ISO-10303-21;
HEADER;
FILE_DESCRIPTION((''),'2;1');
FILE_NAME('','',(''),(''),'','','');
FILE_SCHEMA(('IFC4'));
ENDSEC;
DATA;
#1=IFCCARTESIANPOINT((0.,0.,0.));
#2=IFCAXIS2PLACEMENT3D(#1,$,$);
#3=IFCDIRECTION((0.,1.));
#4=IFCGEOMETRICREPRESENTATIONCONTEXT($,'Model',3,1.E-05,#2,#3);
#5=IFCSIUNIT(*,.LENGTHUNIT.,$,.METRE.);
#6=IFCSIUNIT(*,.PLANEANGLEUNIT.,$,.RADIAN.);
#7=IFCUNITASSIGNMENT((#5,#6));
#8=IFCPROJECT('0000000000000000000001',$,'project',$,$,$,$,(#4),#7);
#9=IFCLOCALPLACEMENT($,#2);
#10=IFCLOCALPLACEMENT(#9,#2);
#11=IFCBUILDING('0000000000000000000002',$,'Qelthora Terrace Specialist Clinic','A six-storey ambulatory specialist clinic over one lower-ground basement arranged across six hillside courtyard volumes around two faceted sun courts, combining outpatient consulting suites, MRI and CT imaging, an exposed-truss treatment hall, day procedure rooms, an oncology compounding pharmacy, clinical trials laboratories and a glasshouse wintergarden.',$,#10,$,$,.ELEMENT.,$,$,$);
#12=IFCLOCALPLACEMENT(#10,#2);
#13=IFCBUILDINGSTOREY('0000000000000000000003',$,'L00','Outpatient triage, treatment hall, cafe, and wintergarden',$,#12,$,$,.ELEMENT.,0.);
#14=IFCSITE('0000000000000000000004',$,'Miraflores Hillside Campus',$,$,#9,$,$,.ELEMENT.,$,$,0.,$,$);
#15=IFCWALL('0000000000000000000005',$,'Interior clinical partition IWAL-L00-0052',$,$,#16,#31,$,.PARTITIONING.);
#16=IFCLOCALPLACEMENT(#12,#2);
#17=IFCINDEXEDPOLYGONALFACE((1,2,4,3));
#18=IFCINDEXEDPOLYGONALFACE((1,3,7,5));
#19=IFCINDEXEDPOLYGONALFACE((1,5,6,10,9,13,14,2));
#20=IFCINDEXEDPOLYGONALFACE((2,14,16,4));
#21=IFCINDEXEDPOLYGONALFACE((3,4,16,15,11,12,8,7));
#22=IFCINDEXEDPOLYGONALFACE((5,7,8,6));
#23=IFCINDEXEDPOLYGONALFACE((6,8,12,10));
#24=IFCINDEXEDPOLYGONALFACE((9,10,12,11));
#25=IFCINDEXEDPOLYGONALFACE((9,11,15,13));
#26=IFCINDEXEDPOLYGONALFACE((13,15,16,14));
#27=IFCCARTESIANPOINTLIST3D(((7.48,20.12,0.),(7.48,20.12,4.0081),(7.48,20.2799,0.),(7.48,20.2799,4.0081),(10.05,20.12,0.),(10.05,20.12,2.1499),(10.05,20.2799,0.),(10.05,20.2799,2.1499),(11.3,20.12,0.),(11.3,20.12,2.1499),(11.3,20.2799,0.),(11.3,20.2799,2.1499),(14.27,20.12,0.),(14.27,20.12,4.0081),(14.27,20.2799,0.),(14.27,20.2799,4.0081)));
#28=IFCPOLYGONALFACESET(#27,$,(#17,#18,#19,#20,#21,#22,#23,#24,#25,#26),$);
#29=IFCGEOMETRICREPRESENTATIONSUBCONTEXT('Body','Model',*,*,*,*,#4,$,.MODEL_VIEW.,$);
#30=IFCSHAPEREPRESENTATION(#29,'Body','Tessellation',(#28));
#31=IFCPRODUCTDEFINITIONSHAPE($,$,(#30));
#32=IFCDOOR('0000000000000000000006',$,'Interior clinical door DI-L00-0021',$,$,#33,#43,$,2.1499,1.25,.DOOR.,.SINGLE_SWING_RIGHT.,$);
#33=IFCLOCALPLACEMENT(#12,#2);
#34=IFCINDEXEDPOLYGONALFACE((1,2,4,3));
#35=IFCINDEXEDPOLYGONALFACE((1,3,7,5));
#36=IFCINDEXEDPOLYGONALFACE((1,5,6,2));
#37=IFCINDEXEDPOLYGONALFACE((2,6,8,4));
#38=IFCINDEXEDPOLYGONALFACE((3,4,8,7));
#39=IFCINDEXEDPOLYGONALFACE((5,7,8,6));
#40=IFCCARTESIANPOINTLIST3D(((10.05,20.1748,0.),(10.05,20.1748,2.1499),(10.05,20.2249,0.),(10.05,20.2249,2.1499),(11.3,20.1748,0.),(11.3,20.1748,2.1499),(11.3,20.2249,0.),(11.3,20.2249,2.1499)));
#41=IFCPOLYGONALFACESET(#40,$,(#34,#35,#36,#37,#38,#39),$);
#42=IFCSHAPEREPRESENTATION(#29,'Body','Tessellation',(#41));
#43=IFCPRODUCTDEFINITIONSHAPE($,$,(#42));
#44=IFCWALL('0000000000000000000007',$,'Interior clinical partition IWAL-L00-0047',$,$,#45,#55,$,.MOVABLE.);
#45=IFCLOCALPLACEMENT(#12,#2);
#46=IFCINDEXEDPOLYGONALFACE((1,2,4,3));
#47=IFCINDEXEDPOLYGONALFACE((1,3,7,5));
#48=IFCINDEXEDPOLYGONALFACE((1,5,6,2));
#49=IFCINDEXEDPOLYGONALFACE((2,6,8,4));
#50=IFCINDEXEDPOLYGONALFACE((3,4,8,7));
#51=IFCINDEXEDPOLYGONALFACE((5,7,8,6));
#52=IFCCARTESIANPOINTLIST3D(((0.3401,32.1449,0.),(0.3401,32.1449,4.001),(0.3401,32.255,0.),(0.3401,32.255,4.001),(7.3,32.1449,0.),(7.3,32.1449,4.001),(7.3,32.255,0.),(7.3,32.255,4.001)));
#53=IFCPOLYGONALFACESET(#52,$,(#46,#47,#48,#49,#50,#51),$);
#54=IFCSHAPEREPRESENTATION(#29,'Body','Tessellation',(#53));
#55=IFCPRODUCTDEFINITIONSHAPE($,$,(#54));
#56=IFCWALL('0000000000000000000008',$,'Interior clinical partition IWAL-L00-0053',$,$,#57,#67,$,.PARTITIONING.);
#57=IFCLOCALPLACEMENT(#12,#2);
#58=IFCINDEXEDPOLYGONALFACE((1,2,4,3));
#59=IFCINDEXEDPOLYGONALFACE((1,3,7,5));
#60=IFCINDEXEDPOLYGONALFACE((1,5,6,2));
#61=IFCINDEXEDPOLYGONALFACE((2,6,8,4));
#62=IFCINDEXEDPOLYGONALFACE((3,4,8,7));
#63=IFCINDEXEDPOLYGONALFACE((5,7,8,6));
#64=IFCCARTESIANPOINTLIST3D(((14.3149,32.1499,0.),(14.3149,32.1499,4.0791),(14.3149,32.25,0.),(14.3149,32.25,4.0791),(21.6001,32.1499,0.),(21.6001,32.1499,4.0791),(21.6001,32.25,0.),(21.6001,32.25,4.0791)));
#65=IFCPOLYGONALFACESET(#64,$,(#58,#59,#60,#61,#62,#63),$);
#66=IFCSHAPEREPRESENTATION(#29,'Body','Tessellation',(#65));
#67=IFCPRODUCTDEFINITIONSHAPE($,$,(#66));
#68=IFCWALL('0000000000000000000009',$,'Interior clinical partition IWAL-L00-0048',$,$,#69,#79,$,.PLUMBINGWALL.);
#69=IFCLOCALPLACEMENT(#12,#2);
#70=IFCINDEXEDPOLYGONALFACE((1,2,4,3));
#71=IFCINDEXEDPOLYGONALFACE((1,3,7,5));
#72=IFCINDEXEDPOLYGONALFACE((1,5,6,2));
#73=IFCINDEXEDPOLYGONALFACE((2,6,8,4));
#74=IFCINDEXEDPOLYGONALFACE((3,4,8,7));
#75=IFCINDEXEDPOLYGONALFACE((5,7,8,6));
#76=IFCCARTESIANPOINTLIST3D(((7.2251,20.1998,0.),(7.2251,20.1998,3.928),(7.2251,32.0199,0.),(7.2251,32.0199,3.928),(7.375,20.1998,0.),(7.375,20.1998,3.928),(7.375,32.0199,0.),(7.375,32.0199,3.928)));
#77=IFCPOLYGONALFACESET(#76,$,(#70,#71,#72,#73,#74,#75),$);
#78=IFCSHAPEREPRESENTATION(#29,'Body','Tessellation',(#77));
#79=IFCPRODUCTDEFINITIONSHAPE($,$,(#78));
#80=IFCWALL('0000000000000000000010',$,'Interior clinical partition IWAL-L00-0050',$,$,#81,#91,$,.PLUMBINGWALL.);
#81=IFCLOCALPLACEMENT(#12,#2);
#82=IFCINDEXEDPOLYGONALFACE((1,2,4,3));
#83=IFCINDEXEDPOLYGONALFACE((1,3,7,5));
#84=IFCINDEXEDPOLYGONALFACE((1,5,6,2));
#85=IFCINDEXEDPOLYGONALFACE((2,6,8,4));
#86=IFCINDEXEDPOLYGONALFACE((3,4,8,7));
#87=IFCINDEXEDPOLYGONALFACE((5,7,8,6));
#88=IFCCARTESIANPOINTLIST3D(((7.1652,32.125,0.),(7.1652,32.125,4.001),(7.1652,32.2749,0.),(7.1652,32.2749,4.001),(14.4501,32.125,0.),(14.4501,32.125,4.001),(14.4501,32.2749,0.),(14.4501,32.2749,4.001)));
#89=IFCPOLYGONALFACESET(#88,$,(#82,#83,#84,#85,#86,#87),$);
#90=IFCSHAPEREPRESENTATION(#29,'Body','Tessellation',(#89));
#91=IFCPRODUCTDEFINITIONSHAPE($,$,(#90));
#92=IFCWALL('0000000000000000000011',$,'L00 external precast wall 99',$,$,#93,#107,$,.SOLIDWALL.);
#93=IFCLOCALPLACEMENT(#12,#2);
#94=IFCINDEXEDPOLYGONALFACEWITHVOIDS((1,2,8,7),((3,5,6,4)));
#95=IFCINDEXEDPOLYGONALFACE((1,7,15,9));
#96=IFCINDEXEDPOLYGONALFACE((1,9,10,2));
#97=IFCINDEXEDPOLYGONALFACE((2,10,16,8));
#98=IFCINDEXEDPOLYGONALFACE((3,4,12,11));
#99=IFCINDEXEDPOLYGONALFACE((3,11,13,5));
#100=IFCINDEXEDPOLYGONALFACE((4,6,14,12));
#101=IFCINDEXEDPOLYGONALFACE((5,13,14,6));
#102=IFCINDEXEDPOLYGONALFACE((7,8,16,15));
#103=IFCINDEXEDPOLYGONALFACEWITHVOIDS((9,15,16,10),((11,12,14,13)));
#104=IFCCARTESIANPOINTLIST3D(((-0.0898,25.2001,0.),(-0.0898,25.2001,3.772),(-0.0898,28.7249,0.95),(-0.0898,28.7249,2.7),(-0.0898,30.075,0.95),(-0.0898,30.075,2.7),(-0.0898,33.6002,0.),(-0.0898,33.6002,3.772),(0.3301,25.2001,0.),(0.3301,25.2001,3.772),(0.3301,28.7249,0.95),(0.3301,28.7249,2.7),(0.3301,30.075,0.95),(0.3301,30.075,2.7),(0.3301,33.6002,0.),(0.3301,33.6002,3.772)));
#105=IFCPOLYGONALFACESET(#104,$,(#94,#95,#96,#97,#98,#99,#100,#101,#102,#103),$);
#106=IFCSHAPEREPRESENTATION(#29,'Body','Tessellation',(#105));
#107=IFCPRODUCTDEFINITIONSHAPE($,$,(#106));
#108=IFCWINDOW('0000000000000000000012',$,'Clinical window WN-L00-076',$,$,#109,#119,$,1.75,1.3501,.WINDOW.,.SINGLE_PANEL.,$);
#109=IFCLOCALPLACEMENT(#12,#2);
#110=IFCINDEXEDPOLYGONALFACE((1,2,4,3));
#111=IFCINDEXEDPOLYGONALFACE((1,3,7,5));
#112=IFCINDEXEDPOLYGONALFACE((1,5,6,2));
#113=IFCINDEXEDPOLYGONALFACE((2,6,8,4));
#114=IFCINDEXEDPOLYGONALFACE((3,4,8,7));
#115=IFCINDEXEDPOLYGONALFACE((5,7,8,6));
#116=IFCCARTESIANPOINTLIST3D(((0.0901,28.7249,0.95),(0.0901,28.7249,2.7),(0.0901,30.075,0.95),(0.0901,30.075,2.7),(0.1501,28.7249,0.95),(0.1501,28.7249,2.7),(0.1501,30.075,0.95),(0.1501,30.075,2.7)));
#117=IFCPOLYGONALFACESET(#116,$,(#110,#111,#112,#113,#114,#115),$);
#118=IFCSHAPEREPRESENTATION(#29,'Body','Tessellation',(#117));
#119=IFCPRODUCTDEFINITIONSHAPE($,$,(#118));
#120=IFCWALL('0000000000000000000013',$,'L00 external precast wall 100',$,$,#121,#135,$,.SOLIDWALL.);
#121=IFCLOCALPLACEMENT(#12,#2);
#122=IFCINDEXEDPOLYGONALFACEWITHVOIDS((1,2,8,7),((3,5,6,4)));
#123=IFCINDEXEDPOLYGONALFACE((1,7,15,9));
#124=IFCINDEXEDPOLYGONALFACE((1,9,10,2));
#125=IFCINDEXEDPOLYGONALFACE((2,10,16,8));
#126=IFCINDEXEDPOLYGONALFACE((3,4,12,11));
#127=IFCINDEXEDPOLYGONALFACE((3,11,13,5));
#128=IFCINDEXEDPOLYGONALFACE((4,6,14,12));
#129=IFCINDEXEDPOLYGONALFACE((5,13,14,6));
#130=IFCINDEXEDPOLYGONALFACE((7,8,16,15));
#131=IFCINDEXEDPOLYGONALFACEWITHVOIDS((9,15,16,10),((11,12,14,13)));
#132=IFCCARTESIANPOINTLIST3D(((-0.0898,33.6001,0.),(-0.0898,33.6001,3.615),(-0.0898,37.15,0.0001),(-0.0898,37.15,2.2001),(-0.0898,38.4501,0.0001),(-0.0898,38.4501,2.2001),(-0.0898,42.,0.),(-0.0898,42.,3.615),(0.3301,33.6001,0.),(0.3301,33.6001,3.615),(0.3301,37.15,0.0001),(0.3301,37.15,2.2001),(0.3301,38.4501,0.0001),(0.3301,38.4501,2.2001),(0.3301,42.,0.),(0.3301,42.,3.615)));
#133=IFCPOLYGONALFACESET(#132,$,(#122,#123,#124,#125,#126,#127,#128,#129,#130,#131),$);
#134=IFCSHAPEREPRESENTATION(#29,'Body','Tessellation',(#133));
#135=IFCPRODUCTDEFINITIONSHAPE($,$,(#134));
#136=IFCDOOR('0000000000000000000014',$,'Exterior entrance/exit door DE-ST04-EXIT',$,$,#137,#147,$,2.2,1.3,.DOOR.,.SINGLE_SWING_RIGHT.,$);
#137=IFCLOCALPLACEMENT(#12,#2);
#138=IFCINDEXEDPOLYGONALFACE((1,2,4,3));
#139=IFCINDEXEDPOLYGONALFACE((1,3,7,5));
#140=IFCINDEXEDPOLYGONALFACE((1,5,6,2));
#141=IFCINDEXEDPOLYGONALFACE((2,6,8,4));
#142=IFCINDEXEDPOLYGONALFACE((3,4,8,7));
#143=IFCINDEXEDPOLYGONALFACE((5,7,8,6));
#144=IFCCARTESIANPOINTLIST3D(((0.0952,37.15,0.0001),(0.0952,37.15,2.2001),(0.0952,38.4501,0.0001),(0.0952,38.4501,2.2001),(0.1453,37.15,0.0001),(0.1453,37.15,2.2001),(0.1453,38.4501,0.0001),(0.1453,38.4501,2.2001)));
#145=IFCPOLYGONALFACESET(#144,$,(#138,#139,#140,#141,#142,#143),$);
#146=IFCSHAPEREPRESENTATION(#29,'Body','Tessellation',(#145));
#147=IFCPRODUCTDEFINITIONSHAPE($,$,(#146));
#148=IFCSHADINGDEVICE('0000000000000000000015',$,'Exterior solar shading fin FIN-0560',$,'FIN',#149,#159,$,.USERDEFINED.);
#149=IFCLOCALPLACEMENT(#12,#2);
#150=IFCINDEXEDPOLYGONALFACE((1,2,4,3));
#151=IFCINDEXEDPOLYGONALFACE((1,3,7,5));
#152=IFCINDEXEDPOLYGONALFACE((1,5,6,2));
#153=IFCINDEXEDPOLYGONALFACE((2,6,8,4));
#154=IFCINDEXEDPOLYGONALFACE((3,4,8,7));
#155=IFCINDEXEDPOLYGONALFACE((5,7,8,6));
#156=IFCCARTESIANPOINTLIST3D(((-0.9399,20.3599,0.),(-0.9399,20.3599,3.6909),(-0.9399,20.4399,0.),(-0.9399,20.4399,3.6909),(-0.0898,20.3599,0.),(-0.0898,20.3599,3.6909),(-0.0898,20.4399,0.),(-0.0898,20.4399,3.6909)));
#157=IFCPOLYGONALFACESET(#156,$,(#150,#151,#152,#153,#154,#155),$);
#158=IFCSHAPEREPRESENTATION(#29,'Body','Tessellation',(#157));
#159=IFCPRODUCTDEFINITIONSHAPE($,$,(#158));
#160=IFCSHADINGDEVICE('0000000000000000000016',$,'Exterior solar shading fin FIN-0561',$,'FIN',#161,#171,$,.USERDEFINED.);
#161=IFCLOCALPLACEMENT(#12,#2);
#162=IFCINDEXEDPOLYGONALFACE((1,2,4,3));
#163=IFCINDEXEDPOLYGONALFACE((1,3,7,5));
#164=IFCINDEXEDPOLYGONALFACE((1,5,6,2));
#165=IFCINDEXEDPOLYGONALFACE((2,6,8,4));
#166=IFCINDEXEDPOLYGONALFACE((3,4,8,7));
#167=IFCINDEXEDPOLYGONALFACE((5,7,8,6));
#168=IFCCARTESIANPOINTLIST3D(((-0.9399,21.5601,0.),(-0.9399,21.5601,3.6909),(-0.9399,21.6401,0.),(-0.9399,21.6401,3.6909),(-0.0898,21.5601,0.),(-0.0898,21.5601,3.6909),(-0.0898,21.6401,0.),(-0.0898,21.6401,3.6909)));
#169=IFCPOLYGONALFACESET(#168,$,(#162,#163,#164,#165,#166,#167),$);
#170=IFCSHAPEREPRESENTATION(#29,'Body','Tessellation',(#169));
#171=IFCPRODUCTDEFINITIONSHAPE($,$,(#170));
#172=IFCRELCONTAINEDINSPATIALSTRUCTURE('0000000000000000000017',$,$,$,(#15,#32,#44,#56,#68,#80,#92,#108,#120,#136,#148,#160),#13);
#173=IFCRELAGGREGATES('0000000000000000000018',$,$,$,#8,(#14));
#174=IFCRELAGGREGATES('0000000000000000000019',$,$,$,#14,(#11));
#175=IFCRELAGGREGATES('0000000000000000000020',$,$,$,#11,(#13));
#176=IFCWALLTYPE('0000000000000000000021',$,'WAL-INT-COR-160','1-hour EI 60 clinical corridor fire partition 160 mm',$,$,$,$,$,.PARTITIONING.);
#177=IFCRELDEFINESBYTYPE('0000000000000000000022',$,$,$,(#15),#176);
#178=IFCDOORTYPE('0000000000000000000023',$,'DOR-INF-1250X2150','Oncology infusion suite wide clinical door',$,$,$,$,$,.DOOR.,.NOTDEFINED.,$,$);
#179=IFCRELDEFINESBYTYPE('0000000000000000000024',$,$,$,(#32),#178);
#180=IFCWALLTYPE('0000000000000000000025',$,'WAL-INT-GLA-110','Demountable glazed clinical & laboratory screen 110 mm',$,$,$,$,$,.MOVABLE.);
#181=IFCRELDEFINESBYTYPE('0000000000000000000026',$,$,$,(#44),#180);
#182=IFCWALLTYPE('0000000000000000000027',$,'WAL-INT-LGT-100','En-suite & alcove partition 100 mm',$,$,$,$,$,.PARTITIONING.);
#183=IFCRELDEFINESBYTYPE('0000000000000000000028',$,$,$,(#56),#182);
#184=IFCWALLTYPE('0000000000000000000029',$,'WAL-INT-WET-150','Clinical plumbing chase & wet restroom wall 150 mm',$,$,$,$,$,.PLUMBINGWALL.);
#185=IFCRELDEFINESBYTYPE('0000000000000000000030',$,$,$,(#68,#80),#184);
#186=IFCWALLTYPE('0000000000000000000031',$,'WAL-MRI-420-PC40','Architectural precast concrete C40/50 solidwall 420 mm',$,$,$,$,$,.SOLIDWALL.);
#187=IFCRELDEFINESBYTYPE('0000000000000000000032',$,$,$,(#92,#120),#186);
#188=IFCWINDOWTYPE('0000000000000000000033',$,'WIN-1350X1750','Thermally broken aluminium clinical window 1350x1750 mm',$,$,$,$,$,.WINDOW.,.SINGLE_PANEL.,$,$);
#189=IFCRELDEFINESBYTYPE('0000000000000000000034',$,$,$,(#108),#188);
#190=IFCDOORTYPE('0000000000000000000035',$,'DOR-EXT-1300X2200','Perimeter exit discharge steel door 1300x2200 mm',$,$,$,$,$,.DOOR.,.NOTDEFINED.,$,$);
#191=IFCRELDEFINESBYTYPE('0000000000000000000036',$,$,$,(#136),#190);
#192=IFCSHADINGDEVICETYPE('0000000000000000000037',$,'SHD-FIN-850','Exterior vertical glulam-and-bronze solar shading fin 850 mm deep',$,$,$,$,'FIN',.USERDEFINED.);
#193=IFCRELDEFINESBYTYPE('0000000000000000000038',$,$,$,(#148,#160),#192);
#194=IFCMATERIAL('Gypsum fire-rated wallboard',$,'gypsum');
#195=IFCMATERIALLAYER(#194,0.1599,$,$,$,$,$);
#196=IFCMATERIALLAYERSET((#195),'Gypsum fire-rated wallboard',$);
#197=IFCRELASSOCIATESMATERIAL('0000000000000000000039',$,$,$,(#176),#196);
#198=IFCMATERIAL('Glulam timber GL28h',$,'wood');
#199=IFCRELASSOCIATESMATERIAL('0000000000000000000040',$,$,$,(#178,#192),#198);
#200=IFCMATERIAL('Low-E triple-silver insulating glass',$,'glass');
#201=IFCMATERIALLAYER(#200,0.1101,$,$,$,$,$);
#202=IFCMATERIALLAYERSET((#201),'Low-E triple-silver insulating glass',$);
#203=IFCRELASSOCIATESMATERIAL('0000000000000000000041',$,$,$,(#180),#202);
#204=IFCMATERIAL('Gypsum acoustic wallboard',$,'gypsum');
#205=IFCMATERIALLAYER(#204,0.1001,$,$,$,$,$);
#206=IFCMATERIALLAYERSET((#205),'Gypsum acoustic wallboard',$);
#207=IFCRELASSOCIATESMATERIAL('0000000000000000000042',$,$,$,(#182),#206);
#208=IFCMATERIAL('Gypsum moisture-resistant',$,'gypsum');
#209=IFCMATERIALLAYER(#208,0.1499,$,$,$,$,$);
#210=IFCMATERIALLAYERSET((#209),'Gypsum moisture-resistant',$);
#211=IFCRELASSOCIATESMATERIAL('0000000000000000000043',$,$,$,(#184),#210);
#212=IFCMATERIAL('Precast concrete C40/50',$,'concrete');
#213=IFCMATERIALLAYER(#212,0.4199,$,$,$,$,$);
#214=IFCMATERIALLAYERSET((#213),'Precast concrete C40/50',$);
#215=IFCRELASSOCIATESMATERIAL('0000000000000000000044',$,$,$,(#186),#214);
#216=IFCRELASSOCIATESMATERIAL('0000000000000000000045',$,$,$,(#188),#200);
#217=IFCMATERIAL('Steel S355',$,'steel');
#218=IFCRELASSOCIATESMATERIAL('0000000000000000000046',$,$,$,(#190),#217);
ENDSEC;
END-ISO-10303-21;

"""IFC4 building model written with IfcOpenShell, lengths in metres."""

from ifc_helpers import new_model, si_unit, direction, frame, frame_2d, origin, origin_2d, place, context, subcontext, project, spatial, rectangle, extrude, material, layer, layer_set, type_object, element, fill, save


model = new_model("IFC4")

# Units and contexts
model_context = context("Model", 3, precision=1e-05, world=origin(), true_north=direction((0.0, 1.0)))
body_context = subcontext(model_context, "Body", "Model", "MODEL_VIEW")
ifc_project = project(units=[si_unit("LENGTHUNIT", "METRE"), si_unit("PLANEANGLEUNIT", "RADIAN")], contexts=[model_context])

# Site, building, storey
site_placement = place(None, origin())
site = spatial("IfcSite", under=ifc_project, at=site_placement, Name="Miraflores Hillside Campus", CompositionType="ELEMENT", RefElevation=0.0)
building_placement = place(site_placement, origin())
building = spatial("IfcBuilding", under=site, at=building_placement, Name="Qelthora Terrace Specialist Clinic", Description="A six-storey ambulatory specialist clinic over one lower-ground basement arranged across six hillside courtyard volumes around two faceted sun courts, combining outpatient consulting suites, MRI and CT imaging, an exposed-truss treatment hall, day procedure rooms, an oncology compounding pharmacy, clinical trials laboratories and a glasshouse wintergarden.", CompositionType="ELEMENT")
storey_placement = place(building_placement, origin())
storey = spatial("IfcBuildingStorey", under=building, at=storey_placement, Name="L00", Description="Outpatient triage, treatment hall, cafe, and wintergarden", CompositionType="ELEMENT", Elevation=0.0)

# Shared definitions
ifc_material_1 = material(Name="Steel S355", Category="steel")

# Wall, opening, door
ifc_material_2 = material(Name="Gypsum fire-rated wallboard", Category="gypsum")
ifc_layer_1 = layer(ifc_material_2, 0.1599)
ifc_layer_set_1 = layer_set([ifc_layer_1], Name="Gypsum fire-rated wallboard")
wall_type_1 = type_object("IfcWallType", Name="WAL-INT-COR-160", Description="1-hour EI 60 clinical corridor fire partition 160 mm", PredefinedType="PARTITIONING", material=ifc_layer_set_1)
ifc_material_3 = material(Name="Glulam timber GL28h", Category="wood")
wall_1_placement = place(storey_placement, frame((14.27, 20.2, 0.0), z_axis=(0.0, 0.0, 1.0), x_axis=(-1.0, 0.0, 0.0)))
wall_1 = element("IfcWall", 1, at=wall_1_placement, inside=storey, type_object=wall_type_1, Name="Interior clinical partition IWAL-L00-0052", PredefinedType="PARTITIONING", context=body_context, shape_type="SweptSolid", body=[
    extrude(rectangle(XDim=6.79, YDim=0.1599, at=frame_2d((3.395, 0.0))), origin(), (0.0, 0.0, 1.0), 4.0081),
])
opening_1_placement = place(wall_1_placement, frame((2.97, 0.0, 0.0)))
opening_1 = element("IfcOpeningElement", 2, at=opening_1_placement, cuts=wall_1, PredefinedType="OPENING", context=body_context, shape_type="SweptSolid", body=[
    extrude(rectangle(XDim=1.25, YDim=2.1499, at=frame_2d((0.625, 1.075))), frame((0.0, 0.0898, 0.0), z_axis=(0.0, -1.0, 0.0), x_axis=(1.0, 0.0, 0.0)), (0.0, 0.0, 1.0), 0.1799),
])
door_type_1 = type_object("IfcDoorType", Name="DOR-INF-1250X2150", Description="Oncology infusion suite wide clinical door", OperationType="NOTDEFINED", PredefinedType="DOOR", material=ifc_material_3)
door_1_placement = place(opening_1_placement, frame((1.25, 0.0, 0.0), z_axis=(0.0, 0.0, 1.0), x_axis=(-1.0, 0.0, 0.0)))
door_1 = element("IfcDoor", 3, at=door_1_placement, inside=storey, type_object=door_type_1, Name="Interior clinical door DI-L00-0021", OperationType="SINGLE_SWING_RIGHT", OverallHeight=2.1499, OverallWidth=1.25, PredefinedType="DOOR", context=body_context, shape_type="SweptSolid", body=[
    extrude(rectangle(XDim=1.25, YDim=2.1499, at=frame_2d((0.625, 1.075))), frame((0.0, 0.0249, 0.0), z_axis=(0.0, -1.0, 0.0), x_axis=(1.0, 0.0, 0.0)), (0.0, 0.0, 1.0), 0.05),
])
fill(opening_1, door_1)

# Walls
ifc_material_4 = material(Name="Low-E triple-silver insulating glass", Category="glass")
ifc_layer_2 = layer(ifc_material_4, 0.1101)
ifc_layer_set_2 = layer_set([ifc_layer_2], Name="Low-E triple-silver insulating glass")
wall_type_2 = type_object("IfcWallType", Name="WAL-INT-GLA-110", Description="Demountable glazed clinical & laboratory screen 110 mm", PredefinedType="MOVABLE", material=ifc_layer_set_2)
wall_2_placement = place(storey_placement, frame((0.3401, 32.2, 0.0), z_axis=(0.0, 0.0, 1.0), x_axis=(1.0, 0.0, 0.0)))
element("IfcWall", 4, at=wall_2_placement, inside=storey, type_object=wall_type_2, Name="Interior clinical partition IWAL-L00-0047", PredefinedType="MOVABLE", context=body_context, shape_type="SweptSolid", body=[
    extrude(rectangle(XDim=6.96, YDim=0.1101, at=frame_2d((3.48, 0.0))), origin(), (0.0, 0.0, 1.0), 4.001),
])
ifc_material_5 = material(Name="Gypsum acoustic wallboard", Category="gypsum")
ifc_layer_3 = layer(ifc_material_5, 0.1001)
ifc_layer_set_3 = layer_set([ifc_layer_3], Name="Gypsum acoustic wallboard")
wall_type_3 = type_object("IfcWallType", Name="WAL-INT-LGT-100", Description="En-suite & alcove partition 100 mm", PredefinedType="PARTITIONING", material=ifc_layer_set_3)
wall_3_placement = place(storey_placement, frame((14.3149, 32.2, 0.0), z_axis=(0.0, 0.0, 1.0), x_axis=(1.0, 0.0, 0.0)))
element("IfcWall", 5, at=wall_3_placement, inside=storey, type_object=wall_type_3, Name="Interior clinical partition IWAL-L00-0053", PredefinedType="PARTITIONING", context=body_context, shape_type="SweptSolid", body=[
    extrude(rectangle(XDim=7.2852, YDim=0.1001, at=frame_2d((3.6426, 0.0))), origin(), (0.0, 0.0, 1.0), 4.0791),
])
ifc_material_6 = material(Name="Gypsum moisture-resistant", Category="gypsum")
ifc_layer_4 = layer(ifc_material_6, 0.1499)
ifc_layer_set_4 = layer_set([ifc_layer_4], Name="Gypsum moisture-resistant")
wall_type_4 = type_object("IfcWallType", Name="WAL-INT-WET-150", Description="Clinical plumbing chase & wet restroom wall 150 mm", PredefinedType="PLUMBINGWALL", material=ifc_layer_set_4)
wall_4_placement = place(storey_placement, frame((7.3, 32.02, 0.0), z_axis=(0.0, 0.0, 1.0), x_axis=(0.0, -1.0, 0.0)))
element("IfcWall", 6, at=wall_4_placement, inside=storey, type_object=wall_type_4, Name="Interior clinical partition IWAL-L00-0048", PredefinedType="PLUMBINGWALL", context=body_context, shape_type="SweptSolid", body=[
    extrude(rectangle(XDim=11.8201, YDim=0.1499, at=frame_2d((5.9102, 0.0))), origin(), (0.0, 0.0, 1.0), 3.928),
])
wall_5_placement = place(storey_placement, frame((7.165, 32.2, 0.0), z_axis=(0.0, 0.0, 1.0), x_axis=(1.0, 0.0, 0.0)))
element("IfcWall", 7, at=wall_5_placement, inside=storey, type_object=wall_type_4, Name="Interior clinical partition IWAL-L00-0050", PredefinedType="PLUMBINGWALL", context=body_context, shape_type="SweptSolid", body=[
    extrude(rectangle(XDim=7.2849, YDim=0.1499, at=frame_2d((3.6426, 0.0))), origin(), (0.0, 0.0, 1.0), 4.001),
])

# Wall, opening, window
ifc_material_7 = material(Name="Precast concrete C40/50", Category="concrete")
ifc_layer_5 = layer(ifc_material_7, 0.4199)
ifc_layer_set_5 = layer_set([ifc_layer_5], Name="Precast concrete C40/50")
wall_type_5 = type_object("IfcWallType", Name="WAL-MRI-420-PC40", Description="Architectural precast concrete C40/50 solidwall 420 mm", PredefinedType="SOLIDWALL", material=ifc_layer_set_5)
wall_6_placement = place(storey_placement, frame((0.1201, 25.2, 0.0), z_axis=(0.0, 0.0, 1.0), x_axis=(0.0, 1.0, 0.0)))
wall_6 = element("IfcWall", 8, at=wall_6_placement, inside=storey, type_object=wall_type_5, Name="L00 external precast wall 99", PredefinedType="SOLIDWALL", context=body_context, shape_type="SweptSolid", body=[
    extrude(rectangle(XDim=8.4001, YDim=0.4199, at=frame_2d((4.2002, 0.0))), origin(), (0.0, 0.0, 1.0), 3.772),
])
opening_2_placement = place(wall_6_placement, frame((3.5249, 0.0, 0.95)))
opening_2 = element("IfcOpeningElement", 9, at=opening_2_placement, cuts=wall_6, PredefinedType="OPENING", context=body_context, shape_type="SweptSolid", body=[
    extrude(rectangle(XDim=1.3501, YDim=1.75, at=frame_2d((0.675, 0.875))), frame((0.0, 0.22, 0.0), z_axis=(0.0, -1.0, 0.0), x_axis=(1.0, 0.0, 0.0)), (0.0, 0.0, 1.0), 0.4399),
])
window_type = type_object("IfcWindowType", Name="WIN-1350X1750", Description="Thermally broken aluminium clinical window 1350x1750 mm", PartitioningType="SINGLE_PANEL", PredefinedType="WINDOW", material=ifc_material_4)
window_placement = place(opening_2_placement, origin())
window = element("IfcWindow", 10, at=window_placement, inside=storey, type_object=window_type, Name="Clinical window WN-L00-076", OverallHeight=1.75, OverallWidth=1.3501, PartitioningType="SINGLE_PANEL", PredefinedType="WINDOW", context=body_context, shape_type="SweptSolid", body=[
    extrude(rectangle(XDim=1.3501, YDim=1.75, at=frame_2d((0.675, 0.875))), frame((0.0, 0.03, 0.0), z_axis=(0.0, -1.0, 0.0), x_axis=(1.0, 0.0, 0.0)), (0.0, 0.0, 1.0), 0.0601),
])
fill(opening_2, window)

# Wall, opening, door
wall_7_placement = place(storey_placement, frame((0.1201, 33.6001, 0.0), z_axis=(0.0, 0.0, 1.0), x_axis=(0.0, 1.0, 0.0)))
wall_7 = element("IfcWall", 11, at=wall_7_placement, inside=storey, type_object=wall_type_5, Name="L00 external precast wall 100", PredefinedType="SOLIDWALL", context=body_context, shape_type="SweptSolid", body=[
    extrude(rectangle(XDim=8.3999, YDim=0.4199, at=frame_2d((4.2, 0.0))), origin(), (0.0, 0.0, 1.0), 3.615),
])
opening_3_placement = place(wall_7_placement, frame((3.55, 0.0, 0.0)))
opening_3 = element("IfcOpeningElement", 12, at=opening_3_placement, cuts=wall_7, PredefinedType="OPENING", context=body_context, shape_type="SweptSolid", body=[
    extrude(rectangle(XDim=1.3, YDim=2.2, at=frame_2d((0.6499, 1.1001))), frame((0.0, 0.22, 0.0), z_axis=(0.0, -1.0, 0.0), x_axis=(1.0, 0.0, 0.0)), (0.0, 0.0, 1.0), 0.4399),
])
door_type_2 = type_object("IfcDoorType", Name="DOR-EXT-1300X2200", Description="Perimeter exit discharge steel door 1300x2200 mm", OperationType="NOTDEFINED", PredefinedType="DOOR", material=ifc_material_1)
door_2_placement = place(opening_3_placement, origin())
door_2 = element("IfcDoor", 13, at=door_2_placement, inside=storey, type_object=door_type_2, Name="Exterior entrance/exit door DE-ST04-EXIT", OperationType="SINGLE_SWING_RIGHT", OverallHeight=2.2, OverallWidth=1.3, PredefinedType="DOOR", context=body_context, shape_type="SweptSolid", body=[
    extrude(rectangle(XDim=1.3, YDim=2.2, at=frame_2d((0.6499, 1.1001))), frame((0.0, 0.0249, 0.0), z_axis=(0.0, -1.0, 0.0), x_axis=(1.0, 0.0, 0.0)), (0.0, 0.0, 1.0), 0.05),
])
fill(opening_3, door_2)

# Shading devices
shading_device_type = type_object("IfcShadingDeviceType", Name="SHD-FIN-850", Description="Exterior vertical glulam-and-bronze solar shading fin 850 mm deep", ElementType="FIN", PredefinedType="USERDEFINED", material=ifc_material_3)
for number, where, z_axis, x_axis, name in (
    (14, (-0.5149, 20.3999, 0.0), (0.0, 0.0, 1.0), (-1.0, 0.0, 0.0), "Exterior solar shading fin FIN-0560"),
    (15, (-0.5149, 21.6001, 0.0), (0.0, 0.0, 1.0), (-1.0, 0.0, 0.0), "Exterior solar shading fin FIN-0561"),
):
    element("IfcShadingDevice", number, at=place(storey_placement, frame(where, z_axis=z_axis, x_axis=x_axis)), inside=storey, type_object=shading_device_type, Name=name, ObjectType="FIN", PredefinedType="USERDEFINED", context=body_context, shape_type="SweptSolid", body=[
        extrude(rectangle(XDim=0.8501, YDim=0.0801, at=origin_2d()), origin(), (0.0, 0.0, 1.0), 3.6909),
    ])

save(model, "model.ifc")
